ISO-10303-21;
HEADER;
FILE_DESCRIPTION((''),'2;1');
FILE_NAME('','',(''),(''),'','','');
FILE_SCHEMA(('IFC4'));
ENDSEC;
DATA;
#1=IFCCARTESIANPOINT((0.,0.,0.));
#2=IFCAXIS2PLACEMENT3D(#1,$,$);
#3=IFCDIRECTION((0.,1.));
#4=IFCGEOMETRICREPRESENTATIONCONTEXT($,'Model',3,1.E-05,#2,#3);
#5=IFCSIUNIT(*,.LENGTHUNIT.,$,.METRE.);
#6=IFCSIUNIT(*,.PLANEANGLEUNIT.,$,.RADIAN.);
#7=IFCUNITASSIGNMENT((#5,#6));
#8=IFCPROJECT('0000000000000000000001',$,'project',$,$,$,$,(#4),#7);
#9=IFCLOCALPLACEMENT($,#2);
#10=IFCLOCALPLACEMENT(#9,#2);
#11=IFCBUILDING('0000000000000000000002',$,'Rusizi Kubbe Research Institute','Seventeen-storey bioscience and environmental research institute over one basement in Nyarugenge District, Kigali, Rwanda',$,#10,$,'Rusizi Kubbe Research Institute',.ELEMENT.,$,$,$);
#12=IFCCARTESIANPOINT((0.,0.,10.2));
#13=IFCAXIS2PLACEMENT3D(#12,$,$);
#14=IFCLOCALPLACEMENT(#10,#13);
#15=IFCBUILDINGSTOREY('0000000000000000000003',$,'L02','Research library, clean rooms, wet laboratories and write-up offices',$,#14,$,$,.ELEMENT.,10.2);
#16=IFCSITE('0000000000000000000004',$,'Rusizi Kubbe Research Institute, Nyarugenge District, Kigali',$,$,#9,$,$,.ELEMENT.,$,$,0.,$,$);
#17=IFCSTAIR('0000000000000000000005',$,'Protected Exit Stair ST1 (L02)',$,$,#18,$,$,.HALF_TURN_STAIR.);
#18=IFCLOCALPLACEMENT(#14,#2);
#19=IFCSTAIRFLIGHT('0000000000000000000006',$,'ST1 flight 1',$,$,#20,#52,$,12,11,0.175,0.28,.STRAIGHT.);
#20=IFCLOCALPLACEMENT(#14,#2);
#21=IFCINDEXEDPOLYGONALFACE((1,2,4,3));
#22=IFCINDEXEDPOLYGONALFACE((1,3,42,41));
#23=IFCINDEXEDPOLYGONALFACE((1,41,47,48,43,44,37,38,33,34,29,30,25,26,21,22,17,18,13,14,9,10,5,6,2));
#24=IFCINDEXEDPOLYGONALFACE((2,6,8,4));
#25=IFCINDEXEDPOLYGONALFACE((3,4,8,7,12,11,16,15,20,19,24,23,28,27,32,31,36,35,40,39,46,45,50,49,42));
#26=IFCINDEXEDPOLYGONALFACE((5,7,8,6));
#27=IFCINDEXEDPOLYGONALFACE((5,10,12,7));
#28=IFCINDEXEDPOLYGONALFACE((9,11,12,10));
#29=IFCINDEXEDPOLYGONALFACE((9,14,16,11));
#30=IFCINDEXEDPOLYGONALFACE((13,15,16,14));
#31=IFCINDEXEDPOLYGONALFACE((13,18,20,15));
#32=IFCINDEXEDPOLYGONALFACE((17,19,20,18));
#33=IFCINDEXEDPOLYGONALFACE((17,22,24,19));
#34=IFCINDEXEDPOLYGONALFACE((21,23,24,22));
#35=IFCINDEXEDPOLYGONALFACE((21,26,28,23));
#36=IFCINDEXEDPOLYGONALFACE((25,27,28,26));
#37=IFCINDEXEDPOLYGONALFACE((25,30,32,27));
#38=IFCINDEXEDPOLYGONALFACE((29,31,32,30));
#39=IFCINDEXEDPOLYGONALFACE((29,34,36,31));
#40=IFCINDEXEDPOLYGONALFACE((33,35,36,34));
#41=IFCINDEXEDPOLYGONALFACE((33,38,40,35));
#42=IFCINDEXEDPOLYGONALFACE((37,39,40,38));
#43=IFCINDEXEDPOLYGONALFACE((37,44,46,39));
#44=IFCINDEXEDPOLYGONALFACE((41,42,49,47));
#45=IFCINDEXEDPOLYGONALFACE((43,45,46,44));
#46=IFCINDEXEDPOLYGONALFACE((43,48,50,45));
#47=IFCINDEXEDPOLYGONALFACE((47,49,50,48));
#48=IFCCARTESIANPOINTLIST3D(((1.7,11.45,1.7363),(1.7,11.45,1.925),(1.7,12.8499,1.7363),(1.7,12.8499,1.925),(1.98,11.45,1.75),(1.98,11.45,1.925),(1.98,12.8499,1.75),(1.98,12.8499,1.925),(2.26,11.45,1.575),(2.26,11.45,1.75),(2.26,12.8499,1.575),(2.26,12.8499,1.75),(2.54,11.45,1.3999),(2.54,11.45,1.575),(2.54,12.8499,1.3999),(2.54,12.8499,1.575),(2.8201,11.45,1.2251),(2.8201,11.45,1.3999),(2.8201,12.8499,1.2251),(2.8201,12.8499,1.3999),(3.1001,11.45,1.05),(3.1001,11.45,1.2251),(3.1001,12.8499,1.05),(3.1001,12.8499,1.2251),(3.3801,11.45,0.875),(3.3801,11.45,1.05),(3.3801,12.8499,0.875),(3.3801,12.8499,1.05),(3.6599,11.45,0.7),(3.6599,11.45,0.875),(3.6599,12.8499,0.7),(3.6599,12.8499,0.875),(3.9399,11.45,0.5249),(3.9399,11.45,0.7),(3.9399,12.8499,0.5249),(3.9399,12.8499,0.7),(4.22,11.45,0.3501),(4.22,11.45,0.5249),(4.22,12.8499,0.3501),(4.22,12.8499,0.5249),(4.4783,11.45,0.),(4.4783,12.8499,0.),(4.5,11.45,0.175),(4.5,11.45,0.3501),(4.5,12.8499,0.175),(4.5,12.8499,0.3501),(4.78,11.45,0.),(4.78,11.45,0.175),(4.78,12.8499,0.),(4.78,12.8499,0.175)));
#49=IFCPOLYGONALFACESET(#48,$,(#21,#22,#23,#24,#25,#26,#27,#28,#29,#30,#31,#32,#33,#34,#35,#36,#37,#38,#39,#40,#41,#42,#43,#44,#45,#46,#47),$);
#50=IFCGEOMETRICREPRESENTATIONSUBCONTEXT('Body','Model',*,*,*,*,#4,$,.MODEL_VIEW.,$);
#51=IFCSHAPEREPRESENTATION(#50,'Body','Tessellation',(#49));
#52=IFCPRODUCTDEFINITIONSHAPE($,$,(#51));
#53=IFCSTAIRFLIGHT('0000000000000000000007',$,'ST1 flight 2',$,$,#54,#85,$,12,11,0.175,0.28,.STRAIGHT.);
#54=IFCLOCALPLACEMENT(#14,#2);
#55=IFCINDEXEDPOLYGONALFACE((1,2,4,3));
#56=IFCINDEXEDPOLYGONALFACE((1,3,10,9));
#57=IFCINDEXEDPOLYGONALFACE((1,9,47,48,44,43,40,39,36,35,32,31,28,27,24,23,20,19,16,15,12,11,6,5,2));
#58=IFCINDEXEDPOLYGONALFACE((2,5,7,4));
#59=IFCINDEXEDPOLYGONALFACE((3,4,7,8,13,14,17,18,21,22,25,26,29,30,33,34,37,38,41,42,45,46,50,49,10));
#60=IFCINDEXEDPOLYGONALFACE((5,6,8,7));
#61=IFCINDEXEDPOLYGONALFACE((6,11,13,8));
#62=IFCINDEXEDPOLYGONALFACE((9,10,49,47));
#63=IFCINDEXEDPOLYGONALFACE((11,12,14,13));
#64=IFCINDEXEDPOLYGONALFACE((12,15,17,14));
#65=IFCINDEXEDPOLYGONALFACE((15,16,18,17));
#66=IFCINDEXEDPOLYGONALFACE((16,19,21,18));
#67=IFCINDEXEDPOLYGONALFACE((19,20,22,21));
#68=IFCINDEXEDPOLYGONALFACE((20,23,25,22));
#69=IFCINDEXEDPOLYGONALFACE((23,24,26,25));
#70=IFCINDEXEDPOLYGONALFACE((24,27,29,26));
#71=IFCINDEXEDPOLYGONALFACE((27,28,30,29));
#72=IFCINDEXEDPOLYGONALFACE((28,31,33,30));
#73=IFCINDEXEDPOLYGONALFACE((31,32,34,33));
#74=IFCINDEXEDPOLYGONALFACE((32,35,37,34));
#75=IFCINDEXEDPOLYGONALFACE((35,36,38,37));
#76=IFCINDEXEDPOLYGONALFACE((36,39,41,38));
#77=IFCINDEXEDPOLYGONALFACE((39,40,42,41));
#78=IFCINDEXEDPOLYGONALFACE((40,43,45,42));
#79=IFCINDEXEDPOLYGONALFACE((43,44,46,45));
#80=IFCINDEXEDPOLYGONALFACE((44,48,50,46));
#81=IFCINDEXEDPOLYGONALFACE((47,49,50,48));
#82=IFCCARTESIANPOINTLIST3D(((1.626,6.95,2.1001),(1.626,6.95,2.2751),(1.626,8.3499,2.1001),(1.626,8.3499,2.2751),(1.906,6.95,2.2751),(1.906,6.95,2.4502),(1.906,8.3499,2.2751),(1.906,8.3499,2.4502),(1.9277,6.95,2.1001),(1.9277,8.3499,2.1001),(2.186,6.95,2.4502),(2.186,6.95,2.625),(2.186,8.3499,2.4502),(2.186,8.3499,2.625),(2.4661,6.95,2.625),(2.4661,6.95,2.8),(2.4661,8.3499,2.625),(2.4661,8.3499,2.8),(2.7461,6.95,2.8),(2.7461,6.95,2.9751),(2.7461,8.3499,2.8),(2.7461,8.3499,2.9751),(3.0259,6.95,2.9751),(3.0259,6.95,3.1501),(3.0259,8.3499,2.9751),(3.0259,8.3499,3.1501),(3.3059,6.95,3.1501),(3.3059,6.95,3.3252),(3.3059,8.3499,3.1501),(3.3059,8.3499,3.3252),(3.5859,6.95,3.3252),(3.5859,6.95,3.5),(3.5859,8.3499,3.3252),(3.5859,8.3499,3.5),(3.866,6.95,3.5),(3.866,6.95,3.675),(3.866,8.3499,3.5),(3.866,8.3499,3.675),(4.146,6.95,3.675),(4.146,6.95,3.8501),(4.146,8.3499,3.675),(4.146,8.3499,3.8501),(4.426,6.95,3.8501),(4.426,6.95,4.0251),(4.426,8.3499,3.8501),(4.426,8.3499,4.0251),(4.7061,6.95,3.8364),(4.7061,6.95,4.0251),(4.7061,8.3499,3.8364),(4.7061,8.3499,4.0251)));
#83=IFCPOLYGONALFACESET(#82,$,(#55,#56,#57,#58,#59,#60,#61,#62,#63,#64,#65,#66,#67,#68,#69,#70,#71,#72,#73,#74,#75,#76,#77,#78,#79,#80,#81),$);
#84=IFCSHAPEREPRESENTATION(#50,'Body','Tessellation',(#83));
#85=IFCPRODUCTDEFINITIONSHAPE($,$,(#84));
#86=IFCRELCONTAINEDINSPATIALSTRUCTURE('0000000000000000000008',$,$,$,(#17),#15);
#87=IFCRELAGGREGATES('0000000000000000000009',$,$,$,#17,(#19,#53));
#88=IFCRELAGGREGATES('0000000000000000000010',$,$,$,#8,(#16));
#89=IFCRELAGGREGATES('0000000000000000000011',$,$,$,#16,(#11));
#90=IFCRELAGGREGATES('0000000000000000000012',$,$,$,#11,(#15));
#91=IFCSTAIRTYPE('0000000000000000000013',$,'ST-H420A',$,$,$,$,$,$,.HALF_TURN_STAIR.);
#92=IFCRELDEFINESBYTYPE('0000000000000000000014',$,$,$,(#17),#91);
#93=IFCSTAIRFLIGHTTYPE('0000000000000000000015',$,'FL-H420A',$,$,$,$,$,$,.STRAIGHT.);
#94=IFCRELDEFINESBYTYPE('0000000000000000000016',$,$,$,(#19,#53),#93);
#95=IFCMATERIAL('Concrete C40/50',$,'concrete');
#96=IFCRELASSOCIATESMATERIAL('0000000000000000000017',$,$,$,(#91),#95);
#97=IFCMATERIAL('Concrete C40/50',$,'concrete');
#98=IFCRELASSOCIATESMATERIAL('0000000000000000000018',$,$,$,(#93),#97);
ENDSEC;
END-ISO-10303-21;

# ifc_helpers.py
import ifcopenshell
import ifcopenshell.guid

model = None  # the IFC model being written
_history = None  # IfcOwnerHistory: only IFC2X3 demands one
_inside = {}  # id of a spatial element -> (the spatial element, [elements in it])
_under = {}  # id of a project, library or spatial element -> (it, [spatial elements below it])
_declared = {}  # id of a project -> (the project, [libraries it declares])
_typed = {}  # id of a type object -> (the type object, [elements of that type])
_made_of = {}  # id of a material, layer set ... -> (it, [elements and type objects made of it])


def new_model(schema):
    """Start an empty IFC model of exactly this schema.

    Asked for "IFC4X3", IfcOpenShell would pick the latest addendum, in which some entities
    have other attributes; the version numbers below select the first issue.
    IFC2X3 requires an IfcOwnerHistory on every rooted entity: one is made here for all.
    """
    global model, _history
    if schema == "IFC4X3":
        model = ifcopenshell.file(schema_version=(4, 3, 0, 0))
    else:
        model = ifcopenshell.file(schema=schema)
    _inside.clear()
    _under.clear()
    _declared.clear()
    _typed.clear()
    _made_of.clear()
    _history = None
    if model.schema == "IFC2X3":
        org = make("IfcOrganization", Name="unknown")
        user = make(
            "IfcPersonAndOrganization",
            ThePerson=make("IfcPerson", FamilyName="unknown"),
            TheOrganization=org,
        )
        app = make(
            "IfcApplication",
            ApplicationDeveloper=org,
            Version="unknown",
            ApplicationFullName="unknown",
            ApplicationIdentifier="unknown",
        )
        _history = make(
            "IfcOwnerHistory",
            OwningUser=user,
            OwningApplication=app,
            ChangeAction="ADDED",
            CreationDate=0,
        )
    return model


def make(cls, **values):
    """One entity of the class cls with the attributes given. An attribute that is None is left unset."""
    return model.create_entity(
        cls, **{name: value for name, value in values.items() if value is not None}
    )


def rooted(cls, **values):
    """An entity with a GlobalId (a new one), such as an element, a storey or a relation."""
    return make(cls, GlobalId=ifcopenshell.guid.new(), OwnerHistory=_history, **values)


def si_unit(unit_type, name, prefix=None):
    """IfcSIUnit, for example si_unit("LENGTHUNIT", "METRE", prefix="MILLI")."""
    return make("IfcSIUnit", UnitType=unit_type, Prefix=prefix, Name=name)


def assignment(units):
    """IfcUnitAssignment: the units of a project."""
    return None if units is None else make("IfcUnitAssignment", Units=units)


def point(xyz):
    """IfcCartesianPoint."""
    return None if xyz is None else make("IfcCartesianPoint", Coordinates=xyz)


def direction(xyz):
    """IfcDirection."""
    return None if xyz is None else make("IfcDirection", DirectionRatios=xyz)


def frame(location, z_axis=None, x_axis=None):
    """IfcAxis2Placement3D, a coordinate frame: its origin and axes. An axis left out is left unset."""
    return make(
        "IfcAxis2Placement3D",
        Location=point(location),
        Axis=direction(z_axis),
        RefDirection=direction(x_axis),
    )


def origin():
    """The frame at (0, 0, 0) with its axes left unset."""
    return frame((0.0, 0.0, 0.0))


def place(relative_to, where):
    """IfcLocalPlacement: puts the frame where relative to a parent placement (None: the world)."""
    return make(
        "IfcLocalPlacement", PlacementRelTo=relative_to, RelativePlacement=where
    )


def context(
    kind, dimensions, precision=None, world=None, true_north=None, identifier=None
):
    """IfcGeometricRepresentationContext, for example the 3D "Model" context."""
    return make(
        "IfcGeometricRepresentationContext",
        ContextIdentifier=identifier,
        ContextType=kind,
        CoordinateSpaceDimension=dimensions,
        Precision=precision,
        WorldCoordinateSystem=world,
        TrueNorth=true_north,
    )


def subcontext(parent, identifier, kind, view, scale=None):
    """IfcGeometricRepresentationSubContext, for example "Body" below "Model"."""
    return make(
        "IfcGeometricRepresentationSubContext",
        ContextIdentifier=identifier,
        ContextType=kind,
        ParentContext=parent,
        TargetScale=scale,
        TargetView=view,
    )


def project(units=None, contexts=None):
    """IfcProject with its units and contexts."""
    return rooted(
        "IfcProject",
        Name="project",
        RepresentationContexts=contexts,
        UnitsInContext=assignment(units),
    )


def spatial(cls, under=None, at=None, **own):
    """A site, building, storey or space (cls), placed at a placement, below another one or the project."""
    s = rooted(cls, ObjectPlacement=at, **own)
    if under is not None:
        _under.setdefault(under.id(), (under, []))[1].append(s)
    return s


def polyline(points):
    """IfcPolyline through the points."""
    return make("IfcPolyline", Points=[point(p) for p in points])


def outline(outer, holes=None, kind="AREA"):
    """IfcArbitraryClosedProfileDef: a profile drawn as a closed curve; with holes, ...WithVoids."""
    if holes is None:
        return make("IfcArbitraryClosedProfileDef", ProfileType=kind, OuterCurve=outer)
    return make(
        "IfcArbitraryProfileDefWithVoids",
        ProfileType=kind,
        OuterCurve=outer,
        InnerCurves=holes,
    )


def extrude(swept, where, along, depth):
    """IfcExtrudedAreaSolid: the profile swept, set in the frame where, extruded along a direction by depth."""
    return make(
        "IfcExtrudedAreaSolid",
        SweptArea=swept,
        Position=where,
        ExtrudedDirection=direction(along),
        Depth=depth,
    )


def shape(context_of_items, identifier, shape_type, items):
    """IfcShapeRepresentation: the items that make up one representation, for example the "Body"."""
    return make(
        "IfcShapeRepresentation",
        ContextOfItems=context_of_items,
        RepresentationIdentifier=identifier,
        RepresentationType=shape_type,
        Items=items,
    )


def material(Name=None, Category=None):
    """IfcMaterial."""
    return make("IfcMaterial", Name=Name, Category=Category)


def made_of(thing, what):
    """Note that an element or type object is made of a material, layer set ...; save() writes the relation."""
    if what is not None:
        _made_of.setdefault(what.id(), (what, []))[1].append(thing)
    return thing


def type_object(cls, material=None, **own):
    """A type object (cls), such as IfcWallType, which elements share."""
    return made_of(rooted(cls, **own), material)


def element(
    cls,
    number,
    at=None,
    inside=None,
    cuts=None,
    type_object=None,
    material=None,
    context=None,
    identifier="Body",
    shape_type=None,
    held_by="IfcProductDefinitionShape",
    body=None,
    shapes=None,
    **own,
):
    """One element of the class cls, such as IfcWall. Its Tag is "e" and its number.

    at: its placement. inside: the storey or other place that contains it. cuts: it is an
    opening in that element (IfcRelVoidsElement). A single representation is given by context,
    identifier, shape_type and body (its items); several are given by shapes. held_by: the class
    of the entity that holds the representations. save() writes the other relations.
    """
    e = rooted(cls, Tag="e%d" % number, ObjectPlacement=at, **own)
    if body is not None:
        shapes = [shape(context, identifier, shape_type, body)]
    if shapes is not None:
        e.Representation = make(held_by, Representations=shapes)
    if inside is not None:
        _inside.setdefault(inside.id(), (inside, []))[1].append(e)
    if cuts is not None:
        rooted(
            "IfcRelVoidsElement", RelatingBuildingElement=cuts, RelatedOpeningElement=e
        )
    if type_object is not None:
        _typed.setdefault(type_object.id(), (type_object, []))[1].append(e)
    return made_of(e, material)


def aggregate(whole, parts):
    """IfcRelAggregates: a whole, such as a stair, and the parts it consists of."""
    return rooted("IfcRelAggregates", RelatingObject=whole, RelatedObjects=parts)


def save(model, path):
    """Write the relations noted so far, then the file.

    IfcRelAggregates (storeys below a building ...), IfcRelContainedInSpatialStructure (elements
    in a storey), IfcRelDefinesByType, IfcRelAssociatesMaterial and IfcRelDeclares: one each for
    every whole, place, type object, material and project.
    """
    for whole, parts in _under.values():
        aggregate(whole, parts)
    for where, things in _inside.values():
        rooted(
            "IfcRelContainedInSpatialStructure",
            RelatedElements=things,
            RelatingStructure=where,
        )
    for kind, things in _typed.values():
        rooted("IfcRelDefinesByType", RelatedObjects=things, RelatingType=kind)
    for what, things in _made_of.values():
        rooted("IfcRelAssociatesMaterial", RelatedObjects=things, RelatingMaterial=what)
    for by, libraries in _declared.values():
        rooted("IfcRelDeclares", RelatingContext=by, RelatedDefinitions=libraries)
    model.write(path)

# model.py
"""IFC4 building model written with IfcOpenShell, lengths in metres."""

from ifc_helpers import new_model, si_unit, direction, frame, origin, place, context, subcontext, project, spatial, polyline, outline, extrude, material, type_object, element, aggregate, save


model = new_model("IFC4")

# Units and contexts
model_context = context("Model", 3, precision=1e-05, world=origin(), true_north=direction((0.0, 1.0)))
body_context = subcontext(model_context, "Body", "Model", "MODEL_VIEW")
ifc_project = project(units=[si_unit("LENGTHUNIT", "METRE"), si_unit("PLANEANGLEUNIT", "RADIAN")], contexts=[model_context])

# Site, building, storey
site_placement = place(None, origin())
site = spatial("IfcSite", under=ifc_project, at=site_placement, Name="Rusizi Kubbe Research Institute, Nyarugenge District, Kigali", CompositionType="ELEMENT", RefElevation=0.0)
building_placement = place(site_placement, origin())
building = spatial("IfcBuilding", under=site, at=building_placement, Name="Rusizi Kubbe Research Institute", Description="Seventeen-storey bioscience and environmental research institute over one basement in Nyarugenge District, Kigali, Rwanda", LongName="Rusizi Kubbe Research Institute", CompositionType="ELEMENT")
storey_placement = place(building_placement, frame((0.0, 0.0, 10.2)))
storey = spatial("IfcBuildingStorey", under=building, at=storey_placement, Name="L02", Description="Research library, clean rooms, wet laboratories and write-up offices", CompositionType="ELEMENT", Elevation=10.2)

# Stair, stair flights
ifc_material_1 = material(Name="Concrete C40/50", Category="concrete")
stair_type = type_object("IfcStairType", Name="ST-H420A", PredefinedType="HALF_TURN_STAIR", material=ifc_material_1)
stair_placement = place(storey_placement, origin())
stair = element("IfcStair", 1, at=stair_placement, inside=storey, type_object=stair_type, Name="Protected Exit Stair ST1 (L02)", PredefinedType="HALF_TURN_STAIR")
ifc_material_2 = material(Name="Concrete C40/50", Category="concrete")
stair_flight_type = type_object("IfcStairFlightType", Name="FL-H420A", PredefinedType="STRAIGHT", material=ifc_material_2)
stair_flight_1_placement = place(storey_placement, frame((4.78, 12.1499, 0.0), z_axis=(0.0, 0.0, 1.0), x_axis=(-1.0, 0.0, 0.0)))
stair_flight_1 = element("IfcStairFlight", 2, at=stair_flight_1_placement, type_object=stair_flight_type, Name="ST1 flight 1", NumberOfRisers=12, NumberOfTreads=11, PredefinedType="STRAIGHT", RiserHeight=0.175, TreadLength=0.28, context=body_context, shape_type="SweptSolid", body=[
    extrude(outline(polyline([(0.0, 0.0), (0.0, 0.175), (0.28, 0.175), (0.28, 0.3501), (0.5601, 0.3501), (0.5601, 0.5249), (0.8401, 0.5249), (0.8401, 0.7), (1.1201, 0.7), (1.1201, 0.875), (1.3999, 0.875), (1.3999, 1.05), (1.6799, 1.05), (1.6799, 1.2251), (1.96, 1.2251), (1.96, 1.3999), (2.24, 1.3999), (2.24, 1.575), (2.52, 1.575), (2.52, 1.75), (2.8, 1.75), (2.8, 1.925), (3.0801, 1.925), (3.0801, 2.1001), (3.0801, 1.7363), (0.3018, 0.0), (0.0, 0.0)])), frame((0.0, 0.7, 0.0), z_axis=(0.0, -1.0, 0.0), x_axis=(1.0, 0.0, 0.0)), (0.0, 0.0, 1.0), 1.3999),
])
stair_flight_2_placement = place(storey_placement, frame((1.626, 7.6499, 2.1001), z_axis=(0.0, 0.0, 1.0), x_axis=(1.0, 0.0, 0.0)))
stair_flight_2 = element("IfcStairFlight", 3, at=stair_flight_2_placement, type_object=stair_flight_type, Name="ST1 flight 2", NumberOfRisers=12, NumberOfTreads=11, PredefinedType="STRAIGHT", RiserHeight=0.175, TreadLength=0.28, context=body_context, shape_type="SweptSolid", body=[
    extrude(outline(polyline([(0.0, 0.0), (0.0, 0.175), (0.28, 0.175), (0.28, 0.3501), (0.5601, 0.3501), (0.5601, 0.5249), (0.8401, 0.5249), (0.8401, 0.7), (1.1201, 0.7), (1.1201, 0.875), (1.3999, 0.875), (1.3999, 1.05), (1.6799, 1.05), (1.6799, 1.2251), (1.96, 1.2251), (1.96, 1.3999), (2.24, 1.3999), (2.24, 1.575), (2.52, 1.575), (2.52, 1.75), (2.8, 1.75), (2.8, 1.925), (3.0801, 1.925), (3.0801, 2.1001), (3.0801, 1.7363), (0.3018, 0.0), (0.0, 0.0)])), frame((0.0, 0.7, 0.0), z_axis=(0.0, -1.0, 0.0), x_axis=(1.0, 0.0, 0.0)), (0.0, 0.0, 1.0), 1.3999),
])
aggregate(stair, [stair_flight_1, stair_flight_2])

save(model, "model.ifc")
